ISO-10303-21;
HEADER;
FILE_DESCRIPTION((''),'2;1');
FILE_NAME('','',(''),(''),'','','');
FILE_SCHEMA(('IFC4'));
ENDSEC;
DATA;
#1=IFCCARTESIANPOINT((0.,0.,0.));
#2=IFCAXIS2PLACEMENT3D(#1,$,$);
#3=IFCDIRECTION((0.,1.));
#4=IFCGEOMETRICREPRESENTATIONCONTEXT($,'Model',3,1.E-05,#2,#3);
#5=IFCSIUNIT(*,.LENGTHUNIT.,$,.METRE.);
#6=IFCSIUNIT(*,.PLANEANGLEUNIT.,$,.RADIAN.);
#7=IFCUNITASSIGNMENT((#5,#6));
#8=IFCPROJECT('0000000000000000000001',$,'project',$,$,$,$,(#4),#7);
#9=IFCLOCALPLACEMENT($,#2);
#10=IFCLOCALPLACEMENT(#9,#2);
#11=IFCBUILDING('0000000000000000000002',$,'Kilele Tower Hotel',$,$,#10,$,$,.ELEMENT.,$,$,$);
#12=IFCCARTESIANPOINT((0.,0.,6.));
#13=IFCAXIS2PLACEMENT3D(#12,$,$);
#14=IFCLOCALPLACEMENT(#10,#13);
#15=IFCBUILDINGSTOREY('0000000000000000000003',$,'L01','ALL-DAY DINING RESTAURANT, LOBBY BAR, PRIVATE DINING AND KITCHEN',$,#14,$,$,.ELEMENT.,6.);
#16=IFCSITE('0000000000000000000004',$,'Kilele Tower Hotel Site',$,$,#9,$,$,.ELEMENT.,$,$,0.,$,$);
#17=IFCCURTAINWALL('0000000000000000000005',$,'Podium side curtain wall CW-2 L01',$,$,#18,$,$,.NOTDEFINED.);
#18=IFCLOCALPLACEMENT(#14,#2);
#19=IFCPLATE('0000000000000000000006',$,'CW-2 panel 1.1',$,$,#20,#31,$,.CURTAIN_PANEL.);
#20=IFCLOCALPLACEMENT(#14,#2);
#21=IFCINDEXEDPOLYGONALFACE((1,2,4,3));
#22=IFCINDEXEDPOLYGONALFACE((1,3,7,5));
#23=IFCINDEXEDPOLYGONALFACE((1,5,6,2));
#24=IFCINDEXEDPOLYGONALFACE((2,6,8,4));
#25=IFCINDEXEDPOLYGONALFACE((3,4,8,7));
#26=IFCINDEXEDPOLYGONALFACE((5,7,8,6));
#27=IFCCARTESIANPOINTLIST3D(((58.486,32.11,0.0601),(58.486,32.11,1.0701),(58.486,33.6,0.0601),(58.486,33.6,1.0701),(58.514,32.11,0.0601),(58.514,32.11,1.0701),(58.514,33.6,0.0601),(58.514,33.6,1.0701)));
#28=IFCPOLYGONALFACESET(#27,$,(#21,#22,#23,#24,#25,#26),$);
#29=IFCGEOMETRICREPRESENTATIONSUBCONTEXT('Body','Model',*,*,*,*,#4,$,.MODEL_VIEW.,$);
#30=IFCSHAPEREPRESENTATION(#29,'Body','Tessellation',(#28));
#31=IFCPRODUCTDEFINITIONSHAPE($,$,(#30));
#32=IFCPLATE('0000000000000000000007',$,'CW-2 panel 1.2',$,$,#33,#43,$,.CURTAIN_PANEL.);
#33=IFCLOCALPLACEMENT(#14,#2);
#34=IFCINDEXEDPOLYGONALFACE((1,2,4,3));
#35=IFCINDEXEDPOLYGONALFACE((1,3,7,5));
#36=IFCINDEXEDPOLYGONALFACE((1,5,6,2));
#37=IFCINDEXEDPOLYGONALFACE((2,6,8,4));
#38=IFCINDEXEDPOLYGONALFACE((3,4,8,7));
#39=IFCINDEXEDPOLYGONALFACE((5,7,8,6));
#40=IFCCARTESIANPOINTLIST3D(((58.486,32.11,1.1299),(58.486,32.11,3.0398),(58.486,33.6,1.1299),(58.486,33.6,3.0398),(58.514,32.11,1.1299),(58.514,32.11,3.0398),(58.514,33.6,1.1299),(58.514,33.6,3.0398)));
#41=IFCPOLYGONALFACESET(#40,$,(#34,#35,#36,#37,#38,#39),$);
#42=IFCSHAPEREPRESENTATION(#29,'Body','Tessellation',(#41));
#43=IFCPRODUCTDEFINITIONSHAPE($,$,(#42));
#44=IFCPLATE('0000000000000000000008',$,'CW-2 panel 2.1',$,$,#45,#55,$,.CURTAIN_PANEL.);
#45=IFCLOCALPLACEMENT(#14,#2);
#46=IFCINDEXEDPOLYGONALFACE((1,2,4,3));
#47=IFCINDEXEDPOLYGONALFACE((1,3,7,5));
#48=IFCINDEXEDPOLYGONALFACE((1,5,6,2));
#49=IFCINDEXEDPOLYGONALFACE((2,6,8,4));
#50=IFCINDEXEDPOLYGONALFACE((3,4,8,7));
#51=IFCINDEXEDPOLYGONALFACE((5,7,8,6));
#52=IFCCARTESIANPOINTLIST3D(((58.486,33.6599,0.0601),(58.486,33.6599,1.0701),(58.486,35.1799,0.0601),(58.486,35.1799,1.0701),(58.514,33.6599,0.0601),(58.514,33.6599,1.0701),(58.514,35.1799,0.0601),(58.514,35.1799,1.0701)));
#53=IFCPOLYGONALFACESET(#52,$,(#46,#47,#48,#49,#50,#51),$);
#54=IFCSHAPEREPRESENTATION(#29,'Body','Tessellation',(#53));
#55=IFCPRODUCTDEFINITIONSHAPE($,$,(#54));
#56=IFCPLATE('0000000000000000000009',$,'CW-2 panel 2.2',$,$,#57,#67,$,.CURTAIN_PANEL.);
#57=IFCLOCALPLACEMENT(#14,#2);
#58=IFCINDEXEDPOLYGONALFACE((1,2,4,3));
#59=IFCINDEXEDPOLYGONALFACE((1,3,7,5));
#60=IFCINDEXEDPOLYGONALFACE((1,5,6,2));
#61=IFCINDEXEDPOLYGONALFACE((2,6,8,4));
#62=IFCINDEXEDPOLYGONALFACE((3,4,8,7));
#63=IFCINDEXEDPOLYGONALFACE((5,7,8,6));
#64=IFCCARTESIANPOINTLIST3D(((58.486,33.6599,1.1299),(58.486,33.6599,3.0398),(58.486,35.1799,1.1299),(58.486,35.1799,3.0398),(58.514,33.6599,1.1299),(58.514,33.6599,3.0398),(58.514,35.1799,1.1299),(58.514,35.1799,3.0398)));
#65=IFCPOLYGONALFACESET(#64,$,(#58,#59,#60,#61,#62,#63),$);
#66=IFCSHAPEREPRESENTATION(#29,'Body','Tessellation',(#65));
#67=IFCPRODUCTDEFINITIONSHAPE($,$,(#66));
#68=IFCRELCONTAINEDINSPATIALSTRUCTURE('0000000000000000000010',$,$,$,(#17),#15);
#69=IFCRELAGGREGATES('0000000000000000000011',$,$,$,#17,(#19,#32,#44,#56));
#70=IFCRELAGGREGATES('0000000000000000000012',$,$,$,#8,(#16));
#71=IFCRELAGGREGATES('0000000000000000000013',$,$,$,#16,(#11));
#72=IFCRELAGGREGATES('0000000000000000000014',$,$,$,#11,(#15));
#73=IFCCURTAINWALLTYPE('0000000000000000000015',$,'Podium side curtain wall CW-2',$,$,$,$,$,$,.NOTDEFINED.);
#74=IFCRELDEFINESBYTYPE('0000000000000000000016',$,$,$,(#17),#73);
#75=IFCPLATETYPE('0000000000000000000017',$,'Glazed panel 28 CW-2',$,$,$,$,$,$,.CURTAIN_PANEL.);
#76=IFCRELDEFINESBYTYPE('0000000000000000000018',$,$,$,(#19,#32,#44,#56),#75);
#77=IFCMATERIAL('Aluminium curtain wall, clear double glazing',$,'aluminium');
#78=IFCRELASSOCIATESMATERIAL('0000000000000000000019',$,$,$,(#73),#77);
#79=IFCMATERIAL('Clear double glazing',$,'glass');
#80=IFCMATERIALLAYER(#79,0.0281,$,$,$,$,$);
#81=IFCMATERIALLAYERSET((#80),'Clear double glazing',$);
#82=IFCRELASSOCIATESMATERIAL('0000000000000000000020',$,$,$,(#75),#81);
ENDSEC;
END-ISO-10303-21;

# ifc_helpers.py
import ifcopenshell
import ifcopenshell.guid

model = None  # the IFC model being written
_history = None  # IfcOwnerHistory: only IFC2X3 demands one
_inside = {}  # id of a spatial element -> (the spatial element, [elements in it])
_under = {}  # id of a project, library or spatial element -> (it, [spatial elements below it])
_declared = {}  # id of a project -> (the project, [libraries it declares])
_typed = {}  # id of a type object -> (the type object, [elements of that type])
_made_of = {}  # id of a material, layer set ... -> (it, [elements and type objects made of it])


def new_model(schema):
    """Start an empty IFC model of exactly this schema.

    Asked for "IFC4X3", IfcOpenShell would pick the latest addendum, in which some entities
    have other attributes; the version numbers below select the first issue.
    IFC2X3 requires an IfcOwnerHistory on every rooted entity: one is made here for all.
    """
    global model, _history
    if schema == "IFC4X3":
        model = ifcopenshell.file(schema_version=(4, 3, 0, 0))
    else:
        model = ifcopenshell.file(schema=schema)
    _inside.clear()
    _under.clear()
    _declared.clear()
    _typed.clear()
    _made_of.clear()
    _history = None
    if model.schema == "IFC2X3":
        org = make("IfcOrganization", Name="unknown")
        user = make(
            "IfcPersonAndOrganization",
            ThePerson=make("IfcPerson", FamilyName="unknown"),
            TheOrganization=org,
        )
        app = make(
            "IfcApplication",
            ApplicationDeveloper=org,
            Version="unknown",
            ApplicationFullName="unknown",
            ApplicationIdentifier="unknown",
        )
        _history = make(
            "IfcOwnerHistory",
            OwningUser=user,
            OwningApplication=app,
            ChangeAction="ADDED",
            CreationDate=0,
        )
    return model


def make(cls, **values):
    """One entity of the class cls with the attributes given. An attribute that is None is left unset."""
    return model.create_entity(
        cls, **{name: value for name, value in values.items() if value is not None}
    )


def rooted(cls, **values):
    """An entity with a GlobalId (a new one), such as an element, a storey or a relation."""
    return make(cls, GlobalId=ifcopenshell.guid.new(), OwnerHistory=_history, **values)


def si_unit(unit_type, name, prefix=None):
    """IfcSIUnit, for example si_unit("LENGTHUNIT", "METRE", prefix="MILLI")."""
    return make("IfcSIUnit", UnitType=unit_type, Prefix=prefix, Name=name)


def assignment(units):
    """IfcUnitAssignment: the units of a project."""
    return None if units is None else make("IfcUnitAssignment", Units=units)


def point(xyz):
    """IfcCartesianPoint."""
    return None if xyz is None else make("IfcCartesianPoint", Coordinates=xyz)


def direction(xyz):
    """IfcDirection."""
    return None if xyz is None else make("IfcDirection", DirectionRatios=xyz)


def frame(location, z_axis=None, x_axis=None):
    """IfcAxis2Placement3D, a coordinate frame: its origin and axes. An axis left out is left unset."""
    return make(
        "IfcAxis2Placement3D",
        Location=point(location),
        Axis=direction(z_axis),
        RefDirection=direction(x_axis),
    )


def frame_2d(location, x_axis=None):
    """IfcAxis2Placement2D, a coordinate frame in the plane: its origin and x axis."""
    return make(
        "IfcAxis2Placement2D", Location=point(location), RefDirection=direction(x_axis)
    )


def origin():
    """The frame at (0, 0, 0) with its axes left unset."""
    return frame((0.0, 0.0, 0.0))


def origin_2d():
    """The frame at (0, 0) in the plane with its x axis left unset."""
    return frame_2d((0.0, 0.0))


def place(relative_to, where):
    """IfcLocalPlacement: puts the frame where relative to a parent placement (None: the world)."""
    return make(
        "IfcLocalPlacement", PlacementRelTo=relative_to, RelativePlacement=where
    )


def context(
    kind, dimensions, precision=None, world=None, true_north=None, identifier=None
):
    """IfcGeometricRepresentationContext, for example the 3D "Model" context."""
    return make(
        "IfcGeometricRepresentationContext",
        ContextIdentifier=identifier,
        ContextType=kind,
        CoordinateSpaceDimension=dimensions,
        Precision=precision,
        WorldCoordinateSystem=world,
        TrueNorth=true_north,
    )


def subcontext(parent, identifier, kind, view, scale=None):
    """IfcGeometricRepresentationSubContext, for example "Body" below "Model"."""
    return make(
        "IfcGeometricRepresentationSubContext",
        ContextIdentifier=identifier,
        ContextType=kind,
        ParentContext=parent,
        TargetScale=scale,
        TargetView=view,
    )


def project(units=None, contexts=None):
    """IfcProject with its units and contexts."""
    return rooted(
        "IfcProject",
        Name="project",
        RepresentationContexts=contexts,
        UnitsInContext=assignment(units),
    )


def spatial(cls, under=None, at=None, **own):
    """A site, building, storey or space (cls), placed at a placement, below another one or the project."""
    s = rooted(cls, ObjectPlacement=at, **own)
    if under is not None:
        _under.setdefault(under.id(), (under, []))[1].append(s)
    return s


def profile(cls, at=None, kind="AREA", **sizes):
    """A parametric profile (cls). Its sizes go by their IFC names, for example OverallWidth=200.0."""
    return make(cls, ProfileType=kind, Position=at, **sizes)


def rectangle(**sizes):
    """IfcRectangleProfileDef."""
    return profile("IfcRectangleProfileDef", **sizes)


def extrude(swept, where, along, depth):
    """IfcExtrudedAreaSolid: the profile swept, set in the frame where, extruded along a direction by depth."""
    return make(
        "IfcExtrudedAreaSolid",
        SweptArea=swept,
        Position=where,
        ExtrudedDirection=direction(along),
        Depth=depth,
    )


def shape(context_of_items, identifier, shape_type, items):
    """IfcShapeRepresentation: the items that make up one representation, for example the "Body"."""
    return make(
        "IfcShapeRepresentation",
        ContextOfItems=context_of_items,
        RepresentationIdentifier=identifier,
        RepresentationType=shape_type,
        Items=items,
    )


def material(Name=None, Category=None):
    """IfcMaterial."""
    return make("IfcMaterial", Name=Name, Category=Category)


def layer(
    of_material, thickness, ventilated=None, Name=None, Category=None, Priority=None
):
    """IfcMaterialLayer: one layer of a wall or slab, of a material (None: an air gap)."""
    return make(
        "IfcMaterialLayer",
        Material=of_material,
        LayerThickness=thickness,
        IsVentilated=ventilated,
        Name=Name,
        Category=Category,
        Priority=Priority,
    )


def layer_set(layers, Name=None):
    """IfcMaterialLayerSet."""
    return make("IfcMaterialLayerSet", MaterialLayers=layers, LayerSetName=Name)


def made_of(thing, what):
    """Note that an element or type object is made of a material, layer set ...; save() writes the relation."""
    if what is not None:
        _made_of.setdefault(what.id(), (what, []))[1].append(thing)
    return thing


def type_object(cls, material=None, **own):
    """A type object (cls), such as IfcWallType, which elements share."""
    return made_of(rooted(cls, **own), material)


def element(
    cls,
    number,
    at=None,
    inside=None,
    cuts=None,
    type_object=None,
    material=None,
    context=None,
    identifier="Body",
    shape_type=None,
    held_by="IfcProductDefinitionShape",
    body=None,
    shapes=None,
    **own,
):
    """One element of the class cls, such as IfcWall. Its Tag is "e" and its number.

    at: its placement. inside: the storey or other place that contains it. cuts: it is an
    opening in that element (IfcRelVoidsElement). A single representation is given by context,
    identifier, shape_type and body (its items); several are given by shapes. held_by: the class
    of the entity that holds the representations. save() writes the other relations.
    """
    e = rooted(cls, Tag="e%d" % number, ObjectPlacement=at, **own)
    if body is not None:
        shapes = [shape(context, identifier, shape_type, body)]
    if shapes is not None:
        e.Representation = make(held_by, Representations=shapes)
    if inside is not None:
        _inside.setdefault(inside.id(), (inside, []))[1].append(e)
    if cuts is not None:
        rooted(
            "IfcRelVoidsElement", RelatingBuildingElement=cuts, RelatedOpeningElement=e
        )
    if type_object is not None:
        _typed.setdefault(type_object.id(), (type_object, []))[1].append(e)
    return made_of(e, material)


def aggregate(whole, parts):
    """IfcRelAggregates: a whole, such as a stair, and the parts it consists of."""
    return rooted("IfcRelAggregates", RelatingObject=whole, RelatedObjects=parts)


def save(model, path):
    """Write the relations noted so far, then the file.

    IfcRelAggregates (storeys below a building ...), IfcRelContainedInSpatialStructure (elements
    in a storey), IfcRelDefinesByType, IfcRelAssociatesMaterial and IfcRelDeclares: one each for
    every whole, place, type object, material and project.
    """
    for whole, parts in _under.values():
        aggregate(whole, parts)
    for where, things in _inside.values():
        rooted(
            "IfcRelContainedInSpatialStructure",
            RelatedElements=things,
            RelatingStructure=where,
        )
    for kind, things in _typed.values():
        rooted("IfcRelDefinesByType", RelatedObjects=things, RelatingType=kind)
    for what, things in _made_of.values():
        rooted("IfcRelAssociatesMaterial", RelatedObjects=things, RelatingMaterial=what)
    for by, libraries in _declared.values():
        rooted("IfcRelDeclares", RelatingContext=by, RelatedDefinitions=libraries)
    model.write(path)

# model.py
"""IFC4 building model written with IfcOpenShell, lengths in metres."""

from ifc_helpers import new_model, si_unit, direction, frame, origin, origin_2d, place, context, subcontext, project, spatial, rectangle, extrude, material, layer, layer_set, type_object, element, aggregate, save


model = new_model("IFC4")

# Units and contexts
model_context = context("Model", 3, precision=1e-05, world=origin(), true_north=direction((0.0, 1.0)))
body_context = subcontext(model_context, "Body", "Model", "MODEL_VIEW")
ifc_project = project(units=[si_unit("LENGTHUNIT", "METRE"), si_unit("PLANEANGLEUNIT", "RADIAN")], contexts=[model_context])

# Site, building, storey
site_placement = place(None, origin())
site = spatial("IfcSite", under=ifc_project, at=site_placement, Name="Kilele Tower Hotel Site", CompositionType="ELEMENT", RefElevation=0.0)
building_placement = place(site_placement, origin())
building = spatial("IfcBuilding", under=site, at=building_placement, Name="Kilele Tower Hotel", CompositionType="ELEMENT")
storey_placement = place(building_placement, frame((0.0, 0.0, 6.0)))
storey = spatial("IfcBuildingStorey", under=building, at=storey_placement, Name="L01", Description="ALL-DAY DINING RESTAURANT, LOBBY BAR, PRIVATE DINING AND KITCHEN", CompositionType="ELEMENT", Elevation=6.0)

# Curtain wall
ifc_material_1 = material(Name="Aluminium curtain wall, clear double glazing", Category="aluminium")
curtain_wall_type = type_object("IfcCurtainWallType", Name="Podium side curtain wall CW-2", PredefinedType="NOTDEFINED", material=ifc_material_1)
curtain_wall_1_placement = place(storey_placement, origin())
curtain_wall_1 = element("IfcCurtainWall", 1, at=curtain_wall_1_placement, inside=storey, type_object=curtain_wall_type, Name="Podium side curtain wall CW-2 L01", PredefinedType="NOTDEFINED")

# Plates
ifc_material_2 = material(Name="Clear double glazing", Category="glass")
ifc_layer = layer(ifc_material_2, 0.0281)
ifc_layer_set = layer_set([ifc_layer], Name="Clear double glazing")
plate_type = type_object("IfcPlateType", Name="Glazed panel 28 CW-2", PredefinedType="CURTAIN_PANEL", material=ifc_layer_set)
plate_1_placement = place(storey_placement, frame((58.5, 32.855, 0.0601), z_axis=(0.0, 0.0, 1.0), x_axis=(0.0, 1.0, 0.0)))
plate_1 = element("IfcPlate", 2, at=plate_1_placement, type_object=plate_type, Name="CW-2 panel 1.1", PredefinedType="CURTAIN_PANEL", context=body_context, shape_type="SweptSolid", body=[
    extrude(rectangle(XDim=1.49, YDim=0.0281, at=origin_2d()), origin(), (0.0, 0.0, 1.0), 1.01),
])
plate_2_placement = place(storey_placement, frame((58.5, 32.855, 1.1299), z_axis=(0.0, 0.0, 1.0), x_axis=(0.0, 1.0, 0.0)))
plate_2 = element("IfcPlate", 3, at=plate_2_placement, type_object=plate_type, Name="CW-2 panel 1.2", PredefinedType="CURTAIN_PANEL", context=body_context, shape_type="SweptSolid", body=[
    extrude(rectangle(XDim=1.49, YDim=0.0281, at=origin_2d()), origin(), (0.0, 0.0, 1.0), 1.9099),
])
plate_3_placement = place(storey_placement, frame((58.5, 34.4199, 0.0601), z_axis=(0.0, 0.0, 1.0), x_axis=(0.0, 1.0, 0.0)))
plate_3 = element("IfcPlate", 4, at=plate_3_placement, type_object=plate_type, Name="CW-2 panel 2.1", PredefinedType="CURTAIN_PANEL", context=body_context, shape_type="SweptSolid", body=[
    extrude(rectangle(XDim=1.52, YDim=0.0281, at=origin_2d()), origin(), (0.0, 0.0, 1.0), 1.01),
])
plate_4_placement = place(storey_placement, frame((58.5, 34.4199, 1.1299), z_axis=(0.0, 0.0, 1.0), x_axis=(0.0, 1.0, 0.0)))
plate_4 = element("IfcPlate", 5, at=plate_4_placement, type_object=plate_type, Name="CW-2 panel 2.2", PredefinedType="CURTAIN_PANEL", context=body_context, shape_type="SweptSolid", body=[
    extrude(rectangle(XDim=1.52, YDim=0.0281, at=origin_2d()), origin(), (0.0, 0.0, 1.0), 1.9099),
])
aggregate(curtain_wall_1, [plate_1, plate_2, plate_3, plate_4])

save(model, "model.ifc")
